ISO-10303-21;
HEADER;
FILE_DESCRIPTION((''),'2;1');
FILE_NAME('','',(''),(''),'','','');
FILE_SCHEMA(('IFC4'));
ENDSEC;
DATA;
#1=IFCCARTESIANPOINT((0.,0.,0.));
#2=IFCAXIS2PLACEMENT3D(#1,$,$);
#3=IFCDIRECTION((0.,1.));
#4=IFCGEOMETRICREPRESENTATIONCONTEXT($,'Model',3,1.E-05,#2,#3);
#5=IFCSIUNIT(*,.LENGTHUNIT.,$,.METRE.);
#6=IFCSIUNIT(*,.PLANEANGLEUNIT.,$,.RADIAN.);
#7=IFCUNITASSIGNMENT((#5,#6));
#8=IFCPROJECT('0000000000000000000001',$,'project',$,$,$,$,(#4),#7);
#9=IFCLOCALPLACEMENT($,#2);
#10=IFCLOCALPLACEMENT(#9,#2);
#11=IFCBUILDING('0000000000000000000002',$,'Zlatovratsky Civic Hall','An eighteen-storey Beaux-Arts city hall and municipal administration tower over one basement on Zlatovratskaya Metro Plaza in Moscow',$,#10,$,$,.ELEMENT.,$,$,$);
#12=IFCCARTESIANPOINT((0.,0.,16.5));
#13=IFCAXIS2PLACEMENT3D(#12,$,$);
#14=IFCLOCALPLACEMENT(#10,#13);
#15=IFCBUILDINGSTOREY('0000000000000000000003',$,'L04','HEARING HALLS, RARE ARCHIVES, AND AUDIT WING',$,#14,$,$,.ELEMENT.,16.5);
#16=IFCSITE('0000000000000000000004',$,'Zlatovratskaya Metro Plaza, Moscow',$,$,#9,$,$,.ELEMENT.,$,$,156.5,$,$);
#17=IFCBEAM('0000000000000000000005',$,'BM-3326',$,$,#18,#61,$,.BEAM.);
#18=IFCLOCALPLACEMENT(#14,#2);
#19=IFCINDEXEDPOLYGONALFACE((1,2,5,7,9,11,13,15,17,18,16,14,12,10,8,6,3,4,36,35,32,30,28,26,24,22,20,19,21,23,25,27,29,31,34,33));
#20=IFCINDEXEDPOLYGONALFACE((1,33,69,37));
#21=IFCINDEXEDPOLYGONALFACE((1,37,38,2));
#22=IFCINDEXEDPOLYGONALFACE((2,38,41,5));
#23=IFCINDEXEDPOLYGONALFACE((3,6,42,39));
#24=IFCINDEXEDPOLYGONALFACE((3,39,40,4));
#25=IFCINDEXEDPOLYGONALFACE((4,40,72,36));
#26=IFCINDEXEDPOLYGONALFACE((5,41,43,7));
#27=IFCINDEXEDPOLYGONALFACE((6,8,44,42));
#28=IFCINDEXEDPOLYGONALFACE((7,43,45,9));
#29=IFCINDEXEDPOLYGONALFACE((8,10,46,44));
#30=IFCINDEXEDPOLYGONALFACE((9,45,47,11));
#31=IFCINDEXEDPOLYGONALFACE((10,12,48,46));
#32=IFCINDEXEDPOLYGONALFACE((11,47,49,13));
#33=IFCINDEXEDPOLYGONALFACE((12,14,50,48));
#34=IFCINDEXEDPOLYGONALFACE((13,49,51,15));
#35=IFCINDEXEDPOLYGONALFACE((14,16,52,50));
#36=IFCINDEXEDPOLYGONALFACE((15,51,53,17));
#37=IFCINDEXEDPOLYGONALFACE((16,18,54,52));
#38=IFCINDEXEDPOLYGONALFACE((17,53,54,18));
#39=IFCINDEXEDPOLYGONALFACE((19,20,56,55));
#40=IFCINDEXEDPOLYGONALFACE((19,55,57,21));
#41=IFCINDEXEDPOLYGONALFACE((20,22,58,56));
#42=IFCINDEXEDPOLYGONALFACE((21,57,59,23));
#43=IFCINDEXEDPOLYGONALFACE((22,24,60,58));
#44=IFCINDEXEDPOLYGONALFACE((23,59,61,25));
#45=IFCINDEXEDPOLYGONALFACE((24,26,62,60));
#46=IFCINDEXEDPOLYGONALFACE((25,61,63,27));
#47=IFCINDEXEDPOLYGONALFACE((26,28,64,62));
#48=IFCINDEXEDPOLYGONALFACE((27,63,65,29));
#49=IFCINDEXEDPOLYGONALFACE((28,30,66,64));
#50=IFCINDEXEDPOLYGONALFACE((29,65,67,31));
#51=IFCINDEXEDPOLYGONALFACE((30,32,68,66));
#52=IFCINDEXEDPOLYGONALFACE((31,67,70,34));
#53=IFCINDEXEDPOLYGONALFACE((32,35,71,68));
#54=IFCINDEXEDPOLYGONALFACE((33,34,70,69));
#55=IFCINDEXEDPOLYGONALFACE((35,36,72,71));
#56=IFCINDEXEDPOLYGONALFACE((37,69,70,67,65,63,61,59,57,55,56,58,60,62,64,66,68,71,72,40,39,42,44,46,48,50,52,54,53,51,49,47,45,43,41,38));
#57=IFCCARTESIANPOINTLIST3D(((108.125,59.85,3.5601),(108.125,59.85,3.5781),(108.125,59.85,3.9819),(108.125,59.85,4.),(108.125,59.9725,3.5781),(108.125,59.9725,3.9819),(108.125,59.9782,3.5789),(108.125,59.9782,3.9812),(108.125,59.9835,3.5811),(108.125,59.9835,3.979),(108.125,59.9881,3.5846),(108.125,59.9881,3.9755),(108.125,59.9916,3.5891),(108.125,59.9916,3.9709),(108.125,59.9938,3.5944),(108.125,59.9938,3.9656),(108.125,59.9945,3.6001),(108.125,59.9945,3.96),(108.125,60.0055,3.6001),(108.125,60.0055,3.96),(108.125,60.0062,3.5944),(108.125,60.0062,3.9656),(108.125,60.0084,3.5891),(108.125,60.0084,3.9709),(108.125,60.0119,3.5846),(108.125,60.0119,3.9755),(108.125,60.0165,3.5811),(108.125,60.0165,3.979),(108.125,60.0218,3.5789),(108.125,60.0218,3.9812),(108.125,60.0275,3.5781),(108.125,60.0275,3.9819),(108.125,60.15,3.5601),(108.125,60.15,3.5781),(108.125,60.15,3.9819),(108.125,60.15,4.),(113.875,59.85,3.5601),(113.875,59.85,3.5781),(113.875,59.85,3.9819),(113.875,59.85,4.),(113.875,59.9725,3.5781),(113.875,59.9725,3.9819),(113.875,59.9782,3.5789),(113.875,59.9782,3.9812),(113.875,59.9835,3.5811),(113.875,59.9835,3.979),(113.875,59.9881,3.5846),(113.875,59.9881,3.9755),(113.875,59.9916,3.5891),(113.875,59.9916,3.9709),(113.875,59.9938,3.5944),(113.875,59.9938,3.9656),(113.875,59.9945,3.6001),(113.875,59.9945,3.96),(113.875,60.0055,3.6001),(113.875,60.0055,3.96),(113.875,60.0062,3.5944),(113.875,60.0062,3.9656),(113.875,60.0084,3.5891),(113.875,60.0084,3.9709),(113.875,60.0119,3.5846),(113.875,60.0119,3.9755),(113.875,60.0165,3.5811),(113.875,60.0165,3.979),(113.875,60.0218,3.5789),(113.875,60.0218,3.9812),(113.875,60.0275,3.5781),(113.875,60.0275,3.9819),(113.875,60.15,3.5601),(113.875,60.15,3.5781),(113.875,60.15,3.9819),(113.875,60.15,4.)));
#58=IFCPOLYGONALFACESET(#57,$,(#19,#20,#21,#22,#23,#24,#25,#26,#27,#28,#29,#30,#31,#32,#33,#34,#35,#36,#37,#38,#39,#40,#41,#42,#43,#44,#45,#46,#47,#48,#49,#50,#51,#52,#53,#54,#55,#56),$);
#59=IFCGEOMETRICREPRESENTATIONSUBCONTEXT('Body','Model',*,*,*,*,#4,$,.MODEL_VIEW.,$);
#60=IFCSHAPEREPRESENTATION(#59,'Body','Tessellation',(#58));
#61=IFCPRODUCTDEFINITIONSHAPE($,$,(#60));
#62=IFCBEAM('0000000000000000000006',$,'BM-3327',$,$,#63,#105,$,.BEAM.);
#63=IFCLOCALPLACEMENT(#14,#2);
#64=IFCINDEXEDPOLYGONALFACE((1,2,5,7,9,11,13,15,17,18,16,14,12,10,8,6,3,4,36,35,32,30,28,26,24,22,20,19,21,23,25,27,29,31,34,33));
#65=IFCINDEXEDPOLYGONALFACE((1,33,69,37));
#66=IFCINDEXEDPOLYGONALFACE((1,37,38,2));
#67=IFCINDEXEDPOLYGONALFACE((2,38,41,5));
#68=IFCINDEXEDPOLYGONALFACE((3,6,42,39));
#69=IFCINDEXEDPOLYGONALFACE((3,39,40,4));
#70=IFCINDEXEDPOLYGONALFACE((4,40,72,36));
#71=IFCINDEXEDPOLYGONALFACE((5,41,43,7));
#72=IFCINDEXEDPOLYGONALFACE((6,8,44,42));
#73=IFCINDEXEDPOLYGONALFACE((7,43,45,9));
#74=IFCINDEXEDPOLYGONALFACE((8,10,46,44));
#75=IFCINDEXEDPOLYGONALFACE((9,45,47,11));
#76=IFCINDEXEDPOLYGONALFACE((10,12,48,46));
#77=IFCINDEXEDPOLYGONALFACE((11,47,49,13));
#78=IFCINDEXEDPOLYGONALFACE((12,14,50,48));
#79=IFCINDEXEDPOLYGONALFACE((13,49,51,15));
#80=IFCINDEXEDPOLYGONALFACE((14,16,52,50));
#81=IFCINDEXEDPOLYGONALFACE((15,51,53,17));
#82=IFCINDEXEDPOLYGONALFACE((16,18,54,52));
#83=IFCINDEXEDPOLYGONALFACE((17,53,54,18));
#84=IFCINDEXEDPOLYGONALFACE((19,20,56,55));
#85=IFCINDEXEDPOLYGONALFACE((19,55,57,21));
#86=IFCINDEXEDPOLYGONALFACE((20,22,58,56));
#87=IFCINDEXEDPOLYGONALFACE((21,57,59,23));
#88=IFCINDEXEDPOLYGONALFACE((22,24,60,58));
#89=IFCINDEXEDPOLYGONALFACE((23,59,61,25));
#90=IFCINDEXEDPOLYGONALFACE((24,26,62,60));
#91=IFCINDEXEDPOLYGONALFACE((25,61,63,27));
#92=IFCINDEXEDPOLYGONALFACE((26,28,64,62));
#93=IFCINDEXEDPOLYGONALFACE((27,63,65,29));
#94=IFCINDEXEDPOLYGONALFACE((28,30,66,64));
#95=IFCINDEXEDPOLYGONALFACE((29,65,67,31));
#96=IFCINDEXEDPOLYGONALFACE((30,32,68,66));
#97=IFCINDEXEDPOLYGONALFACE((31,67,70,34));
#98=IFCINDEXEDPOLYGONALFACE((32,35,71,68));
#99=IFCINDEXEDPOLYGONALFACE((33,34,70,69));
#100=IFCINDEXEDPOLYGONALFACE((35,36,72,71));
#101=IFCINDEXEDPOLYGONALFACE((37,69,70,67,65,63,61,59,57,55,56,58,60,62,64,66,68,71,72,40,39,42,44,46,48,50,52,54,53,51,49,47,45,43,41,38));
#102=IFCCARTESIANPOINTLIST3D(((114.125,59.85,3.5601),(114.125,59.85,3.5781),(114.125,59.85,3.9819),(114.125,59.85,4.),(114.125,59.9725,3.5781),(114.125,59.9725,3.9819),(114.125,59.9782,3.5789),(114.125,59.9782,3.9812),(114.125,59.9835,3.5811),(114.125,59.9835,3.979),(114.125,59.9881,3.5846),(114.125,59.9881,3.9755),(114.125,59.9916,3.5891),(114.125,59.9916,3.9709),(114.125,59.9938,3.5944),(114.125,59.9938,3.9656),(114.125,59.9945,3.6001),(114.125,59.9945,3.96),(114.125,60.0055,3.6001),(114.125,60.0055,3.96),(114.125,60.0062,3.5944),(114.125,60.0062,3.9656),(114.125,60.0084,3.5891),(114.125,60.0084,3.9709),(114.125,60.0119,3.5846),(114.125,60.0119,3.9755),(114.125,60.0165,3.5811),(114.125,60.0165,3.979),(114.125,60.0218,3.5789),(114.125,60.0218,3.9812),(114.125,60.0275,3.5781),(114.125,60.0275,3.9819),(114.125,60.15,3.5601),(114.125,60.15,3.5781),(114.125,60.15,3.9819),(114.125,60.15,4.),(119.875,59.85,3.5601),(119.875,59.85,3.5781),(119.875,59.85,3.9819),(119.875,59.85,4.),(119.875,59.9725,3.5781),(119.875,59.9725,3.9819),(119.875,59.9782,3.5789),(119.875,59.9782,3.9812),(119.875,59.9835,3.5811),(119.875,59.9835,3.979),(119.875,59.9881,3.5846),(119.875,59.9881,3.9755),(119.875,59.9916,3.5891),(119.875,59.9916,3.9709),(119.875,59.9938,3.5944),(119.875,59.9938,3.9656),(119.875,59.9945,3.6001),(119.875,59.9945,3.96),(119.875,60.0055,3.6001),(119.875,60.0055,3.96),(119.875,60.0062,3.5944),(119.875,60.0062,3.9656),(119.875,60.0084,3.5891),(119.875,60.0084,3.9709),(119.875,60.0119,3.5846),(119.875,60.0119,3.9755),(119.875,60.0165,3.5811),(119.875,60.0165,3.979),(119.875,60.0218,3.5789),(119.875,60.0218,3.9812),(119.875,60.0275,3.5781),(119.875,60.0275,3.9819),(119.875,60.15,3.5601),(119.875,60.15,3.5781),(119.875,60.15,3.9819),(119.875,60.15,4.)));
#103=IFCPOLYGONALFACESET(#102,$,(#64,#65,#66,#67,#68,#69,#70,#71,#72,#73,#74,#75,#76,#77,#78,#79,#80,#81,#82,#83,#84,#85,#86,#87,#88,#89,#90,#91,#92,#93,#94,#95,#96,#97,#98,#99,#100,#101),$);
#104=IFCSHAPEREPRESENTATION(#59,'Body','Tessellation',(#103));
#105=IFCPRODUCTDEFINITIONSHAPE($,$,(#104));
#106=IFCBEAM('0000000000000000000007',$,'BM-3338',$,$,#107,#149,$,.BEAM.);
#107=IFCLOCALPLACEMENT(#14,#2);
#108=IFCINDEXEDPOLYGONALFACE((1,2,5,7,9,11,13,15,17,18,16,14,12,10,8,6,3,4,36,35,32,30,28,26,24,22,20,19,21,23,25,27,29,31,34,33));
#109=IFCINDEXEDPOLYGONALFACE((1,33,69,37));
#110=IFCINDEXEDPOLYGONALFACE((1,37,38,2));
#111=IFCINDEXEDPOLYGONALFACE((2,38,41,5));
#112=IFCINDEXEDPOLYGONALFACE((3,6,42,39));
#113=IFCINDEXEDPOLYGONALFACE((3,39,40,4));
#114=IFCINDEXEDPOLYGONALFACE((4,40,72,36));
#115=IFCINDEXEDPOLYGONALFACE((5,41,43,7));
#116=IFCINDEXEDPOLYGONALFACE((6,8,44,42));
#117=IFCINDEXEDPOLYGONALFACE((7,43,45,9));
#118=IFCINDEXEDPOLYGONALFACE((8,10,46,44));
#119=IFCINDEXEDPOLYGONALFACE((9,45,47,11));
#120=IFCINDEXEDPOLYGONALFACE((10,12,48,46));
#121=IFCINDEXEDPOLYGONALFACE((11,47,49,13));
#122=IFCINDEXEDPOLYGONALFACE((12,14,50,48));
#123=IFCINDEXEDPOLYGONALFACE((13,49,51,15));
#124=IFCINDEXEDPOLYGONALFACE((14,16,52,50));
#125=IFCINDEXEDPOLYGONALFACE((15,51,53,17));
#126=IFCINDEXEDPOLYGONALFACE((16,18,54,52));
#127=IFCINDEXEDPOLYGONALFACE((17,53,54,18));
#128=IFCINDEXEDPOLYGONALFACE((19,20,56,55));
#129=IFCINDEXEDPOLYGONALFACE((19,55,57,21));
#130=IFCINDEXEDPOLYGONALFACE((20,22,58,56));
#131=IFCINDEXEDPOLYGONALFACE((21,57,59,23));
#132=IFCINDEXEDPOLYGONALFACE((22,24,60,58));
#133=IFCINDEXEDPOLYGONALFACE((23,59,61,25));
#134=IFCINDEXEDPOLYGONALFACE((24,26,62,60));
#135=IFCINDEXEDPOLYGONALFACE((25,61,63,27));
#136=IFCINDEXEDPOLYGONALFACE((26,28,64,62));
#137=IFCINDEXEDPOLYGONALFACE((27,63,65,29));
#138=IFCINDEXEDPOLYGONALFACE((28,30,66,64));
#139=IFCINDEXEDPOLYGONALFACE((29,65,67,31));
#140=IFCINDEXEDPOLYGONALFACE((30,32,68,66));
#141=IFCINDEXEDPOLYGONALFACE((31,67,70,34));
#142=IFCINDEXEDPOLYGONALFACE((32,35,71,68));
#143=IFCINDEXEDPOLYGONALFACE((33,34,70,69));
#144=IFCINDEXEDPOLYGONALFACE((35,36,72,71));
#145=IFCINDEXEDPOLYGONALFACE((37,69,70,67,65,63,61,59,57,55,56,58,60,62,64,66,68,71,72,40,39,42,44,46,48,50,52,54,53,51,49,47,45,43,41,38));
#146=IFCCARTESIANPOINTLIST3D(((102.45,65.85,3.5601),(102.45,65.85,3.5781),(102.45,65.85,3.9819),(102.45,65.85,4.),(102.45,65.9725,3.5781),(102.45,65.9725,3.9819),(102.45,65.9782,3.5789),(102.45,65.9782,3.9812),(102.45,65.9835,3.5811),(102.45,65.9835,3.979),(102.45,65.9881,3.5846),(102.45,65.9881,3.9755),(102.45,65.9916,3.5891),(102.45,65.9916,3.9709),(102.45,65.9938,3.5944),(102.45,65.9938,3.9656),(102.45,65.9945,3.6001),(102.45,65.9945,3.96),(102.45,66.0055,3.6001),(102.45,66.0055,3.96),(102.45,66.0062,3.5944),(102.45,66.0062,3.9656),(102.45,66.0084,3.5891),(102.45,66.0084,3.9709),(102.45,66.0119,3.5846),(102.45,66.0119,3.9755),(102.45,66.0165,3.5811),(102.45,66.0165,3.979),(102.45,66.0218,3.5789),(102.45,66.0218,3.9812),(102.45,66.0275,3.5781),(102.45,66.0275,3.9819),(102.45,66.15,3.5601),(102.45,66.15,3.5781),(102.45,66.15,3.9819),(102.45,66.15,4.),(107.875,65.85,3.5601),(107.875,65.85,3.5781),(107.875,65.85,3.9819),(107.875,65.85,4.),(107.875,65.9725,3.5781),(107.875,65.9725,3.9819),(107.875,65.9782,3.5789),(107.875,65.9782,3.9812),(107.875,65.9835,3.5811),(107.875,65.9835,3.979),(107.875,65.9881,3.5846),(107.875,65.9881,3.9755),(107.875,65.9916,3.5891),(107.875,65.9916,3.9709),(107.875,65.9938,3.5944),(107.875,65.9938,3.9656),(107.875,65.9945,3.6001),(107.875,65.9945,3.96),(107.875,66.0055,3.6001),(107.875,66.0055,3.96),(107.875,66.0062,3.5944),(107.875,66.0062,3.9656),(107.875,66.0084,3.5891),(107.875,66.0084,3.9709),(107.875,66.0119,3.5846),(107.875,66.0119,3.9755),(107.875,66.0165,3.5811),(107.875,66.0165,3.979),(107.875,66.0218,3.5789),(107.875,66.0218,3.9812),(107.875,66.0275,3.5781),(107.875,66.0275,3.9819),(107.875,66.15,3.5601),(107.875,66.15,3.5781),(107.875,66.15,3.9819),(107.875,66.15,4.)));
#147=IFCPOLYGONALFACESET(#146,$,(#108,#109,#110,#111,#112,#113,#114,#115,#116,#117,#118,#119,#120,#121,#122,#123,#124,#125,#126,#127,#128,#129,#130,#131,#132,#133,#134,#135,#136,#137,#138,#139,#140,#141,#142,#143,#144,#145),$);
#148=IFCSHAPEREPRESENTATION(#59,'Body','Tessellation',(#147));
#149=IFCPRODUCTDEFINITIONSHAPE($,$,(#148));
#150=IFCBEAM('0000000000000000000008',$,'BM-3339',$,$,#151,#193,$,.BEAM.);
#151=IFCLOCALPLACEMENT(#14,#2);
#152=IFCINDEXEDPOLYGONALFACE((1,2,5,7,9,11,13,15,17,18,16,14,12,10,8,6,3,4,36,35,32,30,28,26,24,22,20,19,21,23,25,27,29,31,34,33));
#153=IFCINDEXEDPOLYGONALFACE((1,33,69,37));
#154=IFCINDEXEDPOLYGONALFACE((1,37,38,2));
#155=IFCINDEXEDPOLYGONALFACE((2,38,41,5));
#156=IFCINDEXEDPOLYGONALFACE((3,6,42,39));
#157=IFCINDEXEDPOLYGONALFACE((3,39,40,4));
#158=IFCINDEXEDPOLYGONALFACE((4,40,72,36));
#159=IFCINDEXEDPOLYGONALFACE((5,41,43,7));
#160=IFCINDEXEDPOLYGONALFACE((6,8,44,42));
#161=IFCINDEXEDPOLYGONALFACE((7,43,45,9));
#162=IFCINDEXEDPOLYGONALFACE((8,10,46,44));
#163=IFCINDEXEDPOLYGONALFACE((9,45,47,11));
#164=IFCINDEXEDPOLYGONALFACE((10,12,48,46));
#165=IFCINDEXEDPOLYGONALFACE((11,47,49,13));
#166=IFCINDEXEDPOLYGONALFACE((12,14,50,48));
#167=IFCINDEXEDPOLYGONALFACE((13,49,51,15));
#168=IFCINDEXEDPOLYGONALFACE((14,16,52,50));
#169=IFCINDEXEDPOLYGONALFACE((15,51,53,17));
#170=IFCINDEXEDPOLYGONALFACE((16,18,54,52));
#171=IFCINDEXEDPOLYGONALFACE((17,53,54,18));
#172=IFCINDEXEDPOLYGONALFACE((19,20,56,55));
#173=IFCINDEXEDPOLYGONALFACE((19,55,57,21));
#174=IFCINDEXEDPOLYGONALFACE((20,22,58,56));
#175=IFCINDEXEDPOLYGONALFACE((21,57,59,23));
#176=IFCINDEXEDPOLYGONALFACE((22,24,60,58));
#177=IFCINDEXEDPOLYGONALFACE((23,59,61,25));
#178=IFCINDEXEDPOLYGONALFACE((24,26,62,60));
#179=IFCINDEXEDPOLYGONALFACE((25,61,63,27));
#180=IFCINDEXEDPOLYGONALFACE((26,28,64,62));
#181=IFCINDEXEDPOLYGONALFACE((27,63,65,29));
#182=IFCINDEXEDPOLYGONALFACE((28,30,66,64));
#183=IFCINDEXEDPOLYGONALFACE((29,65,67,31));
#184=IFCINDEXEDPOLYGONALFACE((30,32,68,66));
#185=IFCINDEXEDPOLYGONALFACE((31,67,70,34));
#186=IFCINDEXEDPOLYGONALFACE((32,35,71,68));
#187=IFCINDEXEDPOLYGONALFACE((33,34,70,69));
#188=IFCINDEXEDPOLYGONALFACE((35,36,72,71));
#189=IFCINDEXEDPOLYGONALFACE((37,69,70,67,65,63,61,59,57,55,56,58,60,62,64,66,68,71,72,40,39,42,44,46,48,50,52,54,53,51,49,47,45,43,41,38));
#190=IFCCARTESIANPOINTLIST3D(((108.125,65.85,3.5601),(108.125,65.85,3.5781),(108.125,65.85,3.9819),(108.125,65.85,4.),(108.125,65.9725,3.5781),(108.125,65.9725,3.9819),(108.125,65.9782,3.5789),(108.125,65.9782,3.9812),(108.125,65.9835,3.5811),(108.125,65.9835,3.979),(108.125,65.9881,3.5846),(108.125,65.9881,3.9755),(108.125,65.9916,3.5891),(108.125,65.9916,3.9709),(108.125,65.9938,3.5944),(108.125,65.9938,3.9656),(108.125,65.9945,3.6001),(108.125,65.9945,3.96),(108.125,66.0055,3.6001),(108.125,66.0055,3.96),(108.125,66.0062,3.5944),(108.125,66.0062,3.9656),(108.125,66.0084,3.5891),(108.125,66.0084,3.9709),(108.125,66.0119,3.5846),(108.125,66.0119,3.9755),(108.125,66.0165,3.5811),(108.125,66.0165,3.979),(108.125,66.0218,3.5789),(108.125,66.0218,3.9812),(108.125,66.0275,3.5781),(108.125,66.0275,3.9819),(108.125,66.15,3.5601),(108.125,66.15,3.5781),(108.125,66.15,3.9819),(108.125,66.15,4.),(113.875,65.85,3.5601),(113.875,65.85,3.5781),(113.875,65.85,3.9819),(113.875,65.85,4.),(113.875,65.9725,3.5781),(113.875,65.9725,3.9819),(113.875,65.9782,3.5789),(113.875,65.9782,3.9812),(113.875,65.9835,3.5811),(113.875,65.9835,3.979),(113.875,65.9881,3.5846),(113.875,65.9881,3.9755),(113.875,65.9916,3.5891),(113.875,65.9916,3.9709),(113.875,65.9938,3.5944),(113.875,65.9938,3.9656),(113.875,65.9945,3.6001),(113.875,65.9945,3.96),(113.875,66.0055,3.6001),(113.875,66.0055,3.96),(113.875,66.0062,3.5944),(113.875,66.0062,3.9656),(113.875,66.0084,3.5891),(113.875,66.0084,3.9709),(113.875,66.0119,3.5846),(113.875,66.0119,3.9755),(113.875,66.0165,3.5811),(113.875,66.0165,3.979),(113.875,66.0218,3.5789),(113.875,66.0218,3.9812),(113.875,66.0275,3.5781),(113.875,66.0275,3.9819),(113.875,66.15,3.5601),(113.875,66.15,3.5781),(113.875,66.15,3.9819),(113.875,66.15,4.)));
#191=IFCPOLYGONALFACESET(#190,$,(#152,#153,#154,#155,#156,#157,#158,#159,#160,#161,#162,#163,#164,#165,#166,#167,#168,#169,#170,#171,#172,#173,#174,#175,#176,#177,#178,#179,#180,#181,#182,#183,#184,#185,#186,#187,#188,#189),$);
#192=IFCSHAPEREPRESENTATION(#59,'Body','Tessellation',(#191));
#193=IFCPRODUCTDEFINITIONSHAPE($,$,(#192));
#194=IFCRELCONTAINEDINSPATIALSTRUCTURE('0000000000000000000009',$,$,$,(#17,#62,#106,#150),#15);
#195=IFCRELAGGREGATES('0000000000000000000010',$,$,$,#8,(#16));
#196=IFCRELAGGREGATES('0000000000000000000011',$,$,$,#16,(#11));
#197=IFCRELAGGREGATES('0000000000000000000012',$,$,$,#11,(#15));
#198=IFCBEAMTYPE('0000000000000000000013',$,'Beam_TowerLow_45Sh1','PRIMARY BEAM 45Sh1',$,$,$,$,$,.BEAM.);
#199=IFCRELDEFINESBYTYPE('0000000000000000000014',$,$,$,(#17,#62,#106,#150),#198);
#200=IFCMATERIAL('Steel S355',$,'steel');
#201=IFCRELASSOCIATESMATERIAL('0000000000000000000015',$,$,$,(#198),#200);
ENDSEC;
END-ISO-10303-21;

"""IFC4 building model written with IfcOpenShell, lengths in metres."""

from ifc_helpers import new_model, si_unit, direction, frame, origin, origin_2d, place, context, subcontext, project, spatial, i_section, extrude, material, material_profile, profile_set, type_object, element, save


model = new_model("IFC4")

# Units and contexts
model_context = context("Model", 3, precision=1e-05, world=origin(), true_north=direction((0.0, 1.0)))
body_context = subcontext(model_context, "Body", "Model", "MODEL_VIEW")
ifc_project = project(units=[si_unit("LENGTHUNIT", "METRE"), si_unit("PLANEANGLEUNIT", "RADIAN")], contexts=[model_context])

# Site, building, storey
site_placement = place(None, origin())
site = spatial("IfcSite", under=ifc_project, at=site_placement, Name="Zlatovratskaya Metro Plaza, Moscow", CompositionType="ELEMENT", RefElevation=156.5)
building_placement = place(site_placement, origin())
building = spatial("IfcBuilding", under=site, at=building_placement, Name="Zlatovratsky Civic Hall", Description="An eighteen-storey Beaux-Arts city hall and municipal administration tower over one basement on Zlatovratskaya Metro Plaza in Moscow", CompositionType="ELEMENT")
storey_placement = place(building_placement, frame((0.0, 0.0, 16.5)))
storey = spatial("IfcBuildingStorey", under=building, at=storey_placement, Name="L04", Description="HEARING HALLS, RARE ARCHIVES, AND AUDIT WING", CompositionType="ELEMENT", Elevation=16.5)

# Shared definitions
ifc_material_1 = material(Name="Steel S355", Category="steel")

# Beams
ifc_material_profile_1 = material_profile(ifc_material_1, i_section(OverallWidth=0.3, OverallDepth=0.4399, WebThickness=0.011, FlangeThickness=0.0181, FilletRadius=0.022, at=origin_2d()), Name="45Sh1")
ifc_profile_set_1 = profile_set([ifc_material_profile_1], Name="Steel S355")
beam_type_1 = type_object("IfcBeamType", Name="Beam_TowerLow_45Sh1", Description="PRIMARY BEAM 45Sh1", PredefinedType="BEAM", material=ifc_profile_set_1)
for number, where, z_axis, x_axis, name in (
    (1, (108.125, 60.0, 3.78), (1.0, 0.0, 0.0), (0.0, 1.0, 0.0), "BM-3326"),
    (2, (114.125, 60.0, 3.78), (1.0, 0.0, 0.0), (0.0, 1.0, 0.0), "BM-3327"),
):
    element("IfcBeam", number, at=place(storey_placement, frame(where, z_axis=z_axis, x_axis=x_axis)), inside=storey, type_object=beam_type_1, Name=name, PredefinedType="BEAM", context=body_context, shape_type="SweptSolid", body=[
        extrude(i_section(OverallWidth=0.3, OverallDepth=0.4399, WebThickness=0.011, FlangeThickness=0.0181, FilletRadius=0.022, at=origin_2d()), origin(), (0.0, 0.0, 1.0), 5.75),
    ])
beam_1_placement = place(storey_placement, frame((102.45, 66.0, 3.78), z_axis=(1.0, 0.0, 0.0), x_axis=(0.0, 1.0, 0.0)))
element("IfcBeam", 3, at=beam_1_placement, inside=storey, type_object=beam_type_1, Name="BM-3338", PredefinedType="BEAM", context=body_context, shape_type="SweptSolid", body=[
    extrude(i_section(OverallWidth=0.3, OverallDepth=0.4399, WebThickness=0.011, FlangeThickness=0.0181, FilletRadius=0.022, at=origin_2d()), origin(), (0.0, 0.0, 1.0), 5.425),
])
for number, where, z_axis, x_axis, name in (
    (4, (108.125, 66.0, 3.78), (1.0, 0.0, 0.0), (0.0, 1.0, 0.0), "BM-3339"),
):
    element("IfcBeam", number, at=place(storey_placement, frame(where, z_axis=z_axis, x_axis=x_axis)), inside=storey, type_object=beam_type_1, Name=name, PredefinedType="BEAM", context=body_context, shape_type="SweptSolid", body=[
        extrude(i_section(OverallWidth=0.3, OverallDepth=0.4399, WebThickness=0.011, FlangeThickness=0.0181, FilletRadius=0.022, at=origin_2d()), origin(), (0.0, 0.0, 1.0), 5.75),
    ])

save(model, "model.ifc")
